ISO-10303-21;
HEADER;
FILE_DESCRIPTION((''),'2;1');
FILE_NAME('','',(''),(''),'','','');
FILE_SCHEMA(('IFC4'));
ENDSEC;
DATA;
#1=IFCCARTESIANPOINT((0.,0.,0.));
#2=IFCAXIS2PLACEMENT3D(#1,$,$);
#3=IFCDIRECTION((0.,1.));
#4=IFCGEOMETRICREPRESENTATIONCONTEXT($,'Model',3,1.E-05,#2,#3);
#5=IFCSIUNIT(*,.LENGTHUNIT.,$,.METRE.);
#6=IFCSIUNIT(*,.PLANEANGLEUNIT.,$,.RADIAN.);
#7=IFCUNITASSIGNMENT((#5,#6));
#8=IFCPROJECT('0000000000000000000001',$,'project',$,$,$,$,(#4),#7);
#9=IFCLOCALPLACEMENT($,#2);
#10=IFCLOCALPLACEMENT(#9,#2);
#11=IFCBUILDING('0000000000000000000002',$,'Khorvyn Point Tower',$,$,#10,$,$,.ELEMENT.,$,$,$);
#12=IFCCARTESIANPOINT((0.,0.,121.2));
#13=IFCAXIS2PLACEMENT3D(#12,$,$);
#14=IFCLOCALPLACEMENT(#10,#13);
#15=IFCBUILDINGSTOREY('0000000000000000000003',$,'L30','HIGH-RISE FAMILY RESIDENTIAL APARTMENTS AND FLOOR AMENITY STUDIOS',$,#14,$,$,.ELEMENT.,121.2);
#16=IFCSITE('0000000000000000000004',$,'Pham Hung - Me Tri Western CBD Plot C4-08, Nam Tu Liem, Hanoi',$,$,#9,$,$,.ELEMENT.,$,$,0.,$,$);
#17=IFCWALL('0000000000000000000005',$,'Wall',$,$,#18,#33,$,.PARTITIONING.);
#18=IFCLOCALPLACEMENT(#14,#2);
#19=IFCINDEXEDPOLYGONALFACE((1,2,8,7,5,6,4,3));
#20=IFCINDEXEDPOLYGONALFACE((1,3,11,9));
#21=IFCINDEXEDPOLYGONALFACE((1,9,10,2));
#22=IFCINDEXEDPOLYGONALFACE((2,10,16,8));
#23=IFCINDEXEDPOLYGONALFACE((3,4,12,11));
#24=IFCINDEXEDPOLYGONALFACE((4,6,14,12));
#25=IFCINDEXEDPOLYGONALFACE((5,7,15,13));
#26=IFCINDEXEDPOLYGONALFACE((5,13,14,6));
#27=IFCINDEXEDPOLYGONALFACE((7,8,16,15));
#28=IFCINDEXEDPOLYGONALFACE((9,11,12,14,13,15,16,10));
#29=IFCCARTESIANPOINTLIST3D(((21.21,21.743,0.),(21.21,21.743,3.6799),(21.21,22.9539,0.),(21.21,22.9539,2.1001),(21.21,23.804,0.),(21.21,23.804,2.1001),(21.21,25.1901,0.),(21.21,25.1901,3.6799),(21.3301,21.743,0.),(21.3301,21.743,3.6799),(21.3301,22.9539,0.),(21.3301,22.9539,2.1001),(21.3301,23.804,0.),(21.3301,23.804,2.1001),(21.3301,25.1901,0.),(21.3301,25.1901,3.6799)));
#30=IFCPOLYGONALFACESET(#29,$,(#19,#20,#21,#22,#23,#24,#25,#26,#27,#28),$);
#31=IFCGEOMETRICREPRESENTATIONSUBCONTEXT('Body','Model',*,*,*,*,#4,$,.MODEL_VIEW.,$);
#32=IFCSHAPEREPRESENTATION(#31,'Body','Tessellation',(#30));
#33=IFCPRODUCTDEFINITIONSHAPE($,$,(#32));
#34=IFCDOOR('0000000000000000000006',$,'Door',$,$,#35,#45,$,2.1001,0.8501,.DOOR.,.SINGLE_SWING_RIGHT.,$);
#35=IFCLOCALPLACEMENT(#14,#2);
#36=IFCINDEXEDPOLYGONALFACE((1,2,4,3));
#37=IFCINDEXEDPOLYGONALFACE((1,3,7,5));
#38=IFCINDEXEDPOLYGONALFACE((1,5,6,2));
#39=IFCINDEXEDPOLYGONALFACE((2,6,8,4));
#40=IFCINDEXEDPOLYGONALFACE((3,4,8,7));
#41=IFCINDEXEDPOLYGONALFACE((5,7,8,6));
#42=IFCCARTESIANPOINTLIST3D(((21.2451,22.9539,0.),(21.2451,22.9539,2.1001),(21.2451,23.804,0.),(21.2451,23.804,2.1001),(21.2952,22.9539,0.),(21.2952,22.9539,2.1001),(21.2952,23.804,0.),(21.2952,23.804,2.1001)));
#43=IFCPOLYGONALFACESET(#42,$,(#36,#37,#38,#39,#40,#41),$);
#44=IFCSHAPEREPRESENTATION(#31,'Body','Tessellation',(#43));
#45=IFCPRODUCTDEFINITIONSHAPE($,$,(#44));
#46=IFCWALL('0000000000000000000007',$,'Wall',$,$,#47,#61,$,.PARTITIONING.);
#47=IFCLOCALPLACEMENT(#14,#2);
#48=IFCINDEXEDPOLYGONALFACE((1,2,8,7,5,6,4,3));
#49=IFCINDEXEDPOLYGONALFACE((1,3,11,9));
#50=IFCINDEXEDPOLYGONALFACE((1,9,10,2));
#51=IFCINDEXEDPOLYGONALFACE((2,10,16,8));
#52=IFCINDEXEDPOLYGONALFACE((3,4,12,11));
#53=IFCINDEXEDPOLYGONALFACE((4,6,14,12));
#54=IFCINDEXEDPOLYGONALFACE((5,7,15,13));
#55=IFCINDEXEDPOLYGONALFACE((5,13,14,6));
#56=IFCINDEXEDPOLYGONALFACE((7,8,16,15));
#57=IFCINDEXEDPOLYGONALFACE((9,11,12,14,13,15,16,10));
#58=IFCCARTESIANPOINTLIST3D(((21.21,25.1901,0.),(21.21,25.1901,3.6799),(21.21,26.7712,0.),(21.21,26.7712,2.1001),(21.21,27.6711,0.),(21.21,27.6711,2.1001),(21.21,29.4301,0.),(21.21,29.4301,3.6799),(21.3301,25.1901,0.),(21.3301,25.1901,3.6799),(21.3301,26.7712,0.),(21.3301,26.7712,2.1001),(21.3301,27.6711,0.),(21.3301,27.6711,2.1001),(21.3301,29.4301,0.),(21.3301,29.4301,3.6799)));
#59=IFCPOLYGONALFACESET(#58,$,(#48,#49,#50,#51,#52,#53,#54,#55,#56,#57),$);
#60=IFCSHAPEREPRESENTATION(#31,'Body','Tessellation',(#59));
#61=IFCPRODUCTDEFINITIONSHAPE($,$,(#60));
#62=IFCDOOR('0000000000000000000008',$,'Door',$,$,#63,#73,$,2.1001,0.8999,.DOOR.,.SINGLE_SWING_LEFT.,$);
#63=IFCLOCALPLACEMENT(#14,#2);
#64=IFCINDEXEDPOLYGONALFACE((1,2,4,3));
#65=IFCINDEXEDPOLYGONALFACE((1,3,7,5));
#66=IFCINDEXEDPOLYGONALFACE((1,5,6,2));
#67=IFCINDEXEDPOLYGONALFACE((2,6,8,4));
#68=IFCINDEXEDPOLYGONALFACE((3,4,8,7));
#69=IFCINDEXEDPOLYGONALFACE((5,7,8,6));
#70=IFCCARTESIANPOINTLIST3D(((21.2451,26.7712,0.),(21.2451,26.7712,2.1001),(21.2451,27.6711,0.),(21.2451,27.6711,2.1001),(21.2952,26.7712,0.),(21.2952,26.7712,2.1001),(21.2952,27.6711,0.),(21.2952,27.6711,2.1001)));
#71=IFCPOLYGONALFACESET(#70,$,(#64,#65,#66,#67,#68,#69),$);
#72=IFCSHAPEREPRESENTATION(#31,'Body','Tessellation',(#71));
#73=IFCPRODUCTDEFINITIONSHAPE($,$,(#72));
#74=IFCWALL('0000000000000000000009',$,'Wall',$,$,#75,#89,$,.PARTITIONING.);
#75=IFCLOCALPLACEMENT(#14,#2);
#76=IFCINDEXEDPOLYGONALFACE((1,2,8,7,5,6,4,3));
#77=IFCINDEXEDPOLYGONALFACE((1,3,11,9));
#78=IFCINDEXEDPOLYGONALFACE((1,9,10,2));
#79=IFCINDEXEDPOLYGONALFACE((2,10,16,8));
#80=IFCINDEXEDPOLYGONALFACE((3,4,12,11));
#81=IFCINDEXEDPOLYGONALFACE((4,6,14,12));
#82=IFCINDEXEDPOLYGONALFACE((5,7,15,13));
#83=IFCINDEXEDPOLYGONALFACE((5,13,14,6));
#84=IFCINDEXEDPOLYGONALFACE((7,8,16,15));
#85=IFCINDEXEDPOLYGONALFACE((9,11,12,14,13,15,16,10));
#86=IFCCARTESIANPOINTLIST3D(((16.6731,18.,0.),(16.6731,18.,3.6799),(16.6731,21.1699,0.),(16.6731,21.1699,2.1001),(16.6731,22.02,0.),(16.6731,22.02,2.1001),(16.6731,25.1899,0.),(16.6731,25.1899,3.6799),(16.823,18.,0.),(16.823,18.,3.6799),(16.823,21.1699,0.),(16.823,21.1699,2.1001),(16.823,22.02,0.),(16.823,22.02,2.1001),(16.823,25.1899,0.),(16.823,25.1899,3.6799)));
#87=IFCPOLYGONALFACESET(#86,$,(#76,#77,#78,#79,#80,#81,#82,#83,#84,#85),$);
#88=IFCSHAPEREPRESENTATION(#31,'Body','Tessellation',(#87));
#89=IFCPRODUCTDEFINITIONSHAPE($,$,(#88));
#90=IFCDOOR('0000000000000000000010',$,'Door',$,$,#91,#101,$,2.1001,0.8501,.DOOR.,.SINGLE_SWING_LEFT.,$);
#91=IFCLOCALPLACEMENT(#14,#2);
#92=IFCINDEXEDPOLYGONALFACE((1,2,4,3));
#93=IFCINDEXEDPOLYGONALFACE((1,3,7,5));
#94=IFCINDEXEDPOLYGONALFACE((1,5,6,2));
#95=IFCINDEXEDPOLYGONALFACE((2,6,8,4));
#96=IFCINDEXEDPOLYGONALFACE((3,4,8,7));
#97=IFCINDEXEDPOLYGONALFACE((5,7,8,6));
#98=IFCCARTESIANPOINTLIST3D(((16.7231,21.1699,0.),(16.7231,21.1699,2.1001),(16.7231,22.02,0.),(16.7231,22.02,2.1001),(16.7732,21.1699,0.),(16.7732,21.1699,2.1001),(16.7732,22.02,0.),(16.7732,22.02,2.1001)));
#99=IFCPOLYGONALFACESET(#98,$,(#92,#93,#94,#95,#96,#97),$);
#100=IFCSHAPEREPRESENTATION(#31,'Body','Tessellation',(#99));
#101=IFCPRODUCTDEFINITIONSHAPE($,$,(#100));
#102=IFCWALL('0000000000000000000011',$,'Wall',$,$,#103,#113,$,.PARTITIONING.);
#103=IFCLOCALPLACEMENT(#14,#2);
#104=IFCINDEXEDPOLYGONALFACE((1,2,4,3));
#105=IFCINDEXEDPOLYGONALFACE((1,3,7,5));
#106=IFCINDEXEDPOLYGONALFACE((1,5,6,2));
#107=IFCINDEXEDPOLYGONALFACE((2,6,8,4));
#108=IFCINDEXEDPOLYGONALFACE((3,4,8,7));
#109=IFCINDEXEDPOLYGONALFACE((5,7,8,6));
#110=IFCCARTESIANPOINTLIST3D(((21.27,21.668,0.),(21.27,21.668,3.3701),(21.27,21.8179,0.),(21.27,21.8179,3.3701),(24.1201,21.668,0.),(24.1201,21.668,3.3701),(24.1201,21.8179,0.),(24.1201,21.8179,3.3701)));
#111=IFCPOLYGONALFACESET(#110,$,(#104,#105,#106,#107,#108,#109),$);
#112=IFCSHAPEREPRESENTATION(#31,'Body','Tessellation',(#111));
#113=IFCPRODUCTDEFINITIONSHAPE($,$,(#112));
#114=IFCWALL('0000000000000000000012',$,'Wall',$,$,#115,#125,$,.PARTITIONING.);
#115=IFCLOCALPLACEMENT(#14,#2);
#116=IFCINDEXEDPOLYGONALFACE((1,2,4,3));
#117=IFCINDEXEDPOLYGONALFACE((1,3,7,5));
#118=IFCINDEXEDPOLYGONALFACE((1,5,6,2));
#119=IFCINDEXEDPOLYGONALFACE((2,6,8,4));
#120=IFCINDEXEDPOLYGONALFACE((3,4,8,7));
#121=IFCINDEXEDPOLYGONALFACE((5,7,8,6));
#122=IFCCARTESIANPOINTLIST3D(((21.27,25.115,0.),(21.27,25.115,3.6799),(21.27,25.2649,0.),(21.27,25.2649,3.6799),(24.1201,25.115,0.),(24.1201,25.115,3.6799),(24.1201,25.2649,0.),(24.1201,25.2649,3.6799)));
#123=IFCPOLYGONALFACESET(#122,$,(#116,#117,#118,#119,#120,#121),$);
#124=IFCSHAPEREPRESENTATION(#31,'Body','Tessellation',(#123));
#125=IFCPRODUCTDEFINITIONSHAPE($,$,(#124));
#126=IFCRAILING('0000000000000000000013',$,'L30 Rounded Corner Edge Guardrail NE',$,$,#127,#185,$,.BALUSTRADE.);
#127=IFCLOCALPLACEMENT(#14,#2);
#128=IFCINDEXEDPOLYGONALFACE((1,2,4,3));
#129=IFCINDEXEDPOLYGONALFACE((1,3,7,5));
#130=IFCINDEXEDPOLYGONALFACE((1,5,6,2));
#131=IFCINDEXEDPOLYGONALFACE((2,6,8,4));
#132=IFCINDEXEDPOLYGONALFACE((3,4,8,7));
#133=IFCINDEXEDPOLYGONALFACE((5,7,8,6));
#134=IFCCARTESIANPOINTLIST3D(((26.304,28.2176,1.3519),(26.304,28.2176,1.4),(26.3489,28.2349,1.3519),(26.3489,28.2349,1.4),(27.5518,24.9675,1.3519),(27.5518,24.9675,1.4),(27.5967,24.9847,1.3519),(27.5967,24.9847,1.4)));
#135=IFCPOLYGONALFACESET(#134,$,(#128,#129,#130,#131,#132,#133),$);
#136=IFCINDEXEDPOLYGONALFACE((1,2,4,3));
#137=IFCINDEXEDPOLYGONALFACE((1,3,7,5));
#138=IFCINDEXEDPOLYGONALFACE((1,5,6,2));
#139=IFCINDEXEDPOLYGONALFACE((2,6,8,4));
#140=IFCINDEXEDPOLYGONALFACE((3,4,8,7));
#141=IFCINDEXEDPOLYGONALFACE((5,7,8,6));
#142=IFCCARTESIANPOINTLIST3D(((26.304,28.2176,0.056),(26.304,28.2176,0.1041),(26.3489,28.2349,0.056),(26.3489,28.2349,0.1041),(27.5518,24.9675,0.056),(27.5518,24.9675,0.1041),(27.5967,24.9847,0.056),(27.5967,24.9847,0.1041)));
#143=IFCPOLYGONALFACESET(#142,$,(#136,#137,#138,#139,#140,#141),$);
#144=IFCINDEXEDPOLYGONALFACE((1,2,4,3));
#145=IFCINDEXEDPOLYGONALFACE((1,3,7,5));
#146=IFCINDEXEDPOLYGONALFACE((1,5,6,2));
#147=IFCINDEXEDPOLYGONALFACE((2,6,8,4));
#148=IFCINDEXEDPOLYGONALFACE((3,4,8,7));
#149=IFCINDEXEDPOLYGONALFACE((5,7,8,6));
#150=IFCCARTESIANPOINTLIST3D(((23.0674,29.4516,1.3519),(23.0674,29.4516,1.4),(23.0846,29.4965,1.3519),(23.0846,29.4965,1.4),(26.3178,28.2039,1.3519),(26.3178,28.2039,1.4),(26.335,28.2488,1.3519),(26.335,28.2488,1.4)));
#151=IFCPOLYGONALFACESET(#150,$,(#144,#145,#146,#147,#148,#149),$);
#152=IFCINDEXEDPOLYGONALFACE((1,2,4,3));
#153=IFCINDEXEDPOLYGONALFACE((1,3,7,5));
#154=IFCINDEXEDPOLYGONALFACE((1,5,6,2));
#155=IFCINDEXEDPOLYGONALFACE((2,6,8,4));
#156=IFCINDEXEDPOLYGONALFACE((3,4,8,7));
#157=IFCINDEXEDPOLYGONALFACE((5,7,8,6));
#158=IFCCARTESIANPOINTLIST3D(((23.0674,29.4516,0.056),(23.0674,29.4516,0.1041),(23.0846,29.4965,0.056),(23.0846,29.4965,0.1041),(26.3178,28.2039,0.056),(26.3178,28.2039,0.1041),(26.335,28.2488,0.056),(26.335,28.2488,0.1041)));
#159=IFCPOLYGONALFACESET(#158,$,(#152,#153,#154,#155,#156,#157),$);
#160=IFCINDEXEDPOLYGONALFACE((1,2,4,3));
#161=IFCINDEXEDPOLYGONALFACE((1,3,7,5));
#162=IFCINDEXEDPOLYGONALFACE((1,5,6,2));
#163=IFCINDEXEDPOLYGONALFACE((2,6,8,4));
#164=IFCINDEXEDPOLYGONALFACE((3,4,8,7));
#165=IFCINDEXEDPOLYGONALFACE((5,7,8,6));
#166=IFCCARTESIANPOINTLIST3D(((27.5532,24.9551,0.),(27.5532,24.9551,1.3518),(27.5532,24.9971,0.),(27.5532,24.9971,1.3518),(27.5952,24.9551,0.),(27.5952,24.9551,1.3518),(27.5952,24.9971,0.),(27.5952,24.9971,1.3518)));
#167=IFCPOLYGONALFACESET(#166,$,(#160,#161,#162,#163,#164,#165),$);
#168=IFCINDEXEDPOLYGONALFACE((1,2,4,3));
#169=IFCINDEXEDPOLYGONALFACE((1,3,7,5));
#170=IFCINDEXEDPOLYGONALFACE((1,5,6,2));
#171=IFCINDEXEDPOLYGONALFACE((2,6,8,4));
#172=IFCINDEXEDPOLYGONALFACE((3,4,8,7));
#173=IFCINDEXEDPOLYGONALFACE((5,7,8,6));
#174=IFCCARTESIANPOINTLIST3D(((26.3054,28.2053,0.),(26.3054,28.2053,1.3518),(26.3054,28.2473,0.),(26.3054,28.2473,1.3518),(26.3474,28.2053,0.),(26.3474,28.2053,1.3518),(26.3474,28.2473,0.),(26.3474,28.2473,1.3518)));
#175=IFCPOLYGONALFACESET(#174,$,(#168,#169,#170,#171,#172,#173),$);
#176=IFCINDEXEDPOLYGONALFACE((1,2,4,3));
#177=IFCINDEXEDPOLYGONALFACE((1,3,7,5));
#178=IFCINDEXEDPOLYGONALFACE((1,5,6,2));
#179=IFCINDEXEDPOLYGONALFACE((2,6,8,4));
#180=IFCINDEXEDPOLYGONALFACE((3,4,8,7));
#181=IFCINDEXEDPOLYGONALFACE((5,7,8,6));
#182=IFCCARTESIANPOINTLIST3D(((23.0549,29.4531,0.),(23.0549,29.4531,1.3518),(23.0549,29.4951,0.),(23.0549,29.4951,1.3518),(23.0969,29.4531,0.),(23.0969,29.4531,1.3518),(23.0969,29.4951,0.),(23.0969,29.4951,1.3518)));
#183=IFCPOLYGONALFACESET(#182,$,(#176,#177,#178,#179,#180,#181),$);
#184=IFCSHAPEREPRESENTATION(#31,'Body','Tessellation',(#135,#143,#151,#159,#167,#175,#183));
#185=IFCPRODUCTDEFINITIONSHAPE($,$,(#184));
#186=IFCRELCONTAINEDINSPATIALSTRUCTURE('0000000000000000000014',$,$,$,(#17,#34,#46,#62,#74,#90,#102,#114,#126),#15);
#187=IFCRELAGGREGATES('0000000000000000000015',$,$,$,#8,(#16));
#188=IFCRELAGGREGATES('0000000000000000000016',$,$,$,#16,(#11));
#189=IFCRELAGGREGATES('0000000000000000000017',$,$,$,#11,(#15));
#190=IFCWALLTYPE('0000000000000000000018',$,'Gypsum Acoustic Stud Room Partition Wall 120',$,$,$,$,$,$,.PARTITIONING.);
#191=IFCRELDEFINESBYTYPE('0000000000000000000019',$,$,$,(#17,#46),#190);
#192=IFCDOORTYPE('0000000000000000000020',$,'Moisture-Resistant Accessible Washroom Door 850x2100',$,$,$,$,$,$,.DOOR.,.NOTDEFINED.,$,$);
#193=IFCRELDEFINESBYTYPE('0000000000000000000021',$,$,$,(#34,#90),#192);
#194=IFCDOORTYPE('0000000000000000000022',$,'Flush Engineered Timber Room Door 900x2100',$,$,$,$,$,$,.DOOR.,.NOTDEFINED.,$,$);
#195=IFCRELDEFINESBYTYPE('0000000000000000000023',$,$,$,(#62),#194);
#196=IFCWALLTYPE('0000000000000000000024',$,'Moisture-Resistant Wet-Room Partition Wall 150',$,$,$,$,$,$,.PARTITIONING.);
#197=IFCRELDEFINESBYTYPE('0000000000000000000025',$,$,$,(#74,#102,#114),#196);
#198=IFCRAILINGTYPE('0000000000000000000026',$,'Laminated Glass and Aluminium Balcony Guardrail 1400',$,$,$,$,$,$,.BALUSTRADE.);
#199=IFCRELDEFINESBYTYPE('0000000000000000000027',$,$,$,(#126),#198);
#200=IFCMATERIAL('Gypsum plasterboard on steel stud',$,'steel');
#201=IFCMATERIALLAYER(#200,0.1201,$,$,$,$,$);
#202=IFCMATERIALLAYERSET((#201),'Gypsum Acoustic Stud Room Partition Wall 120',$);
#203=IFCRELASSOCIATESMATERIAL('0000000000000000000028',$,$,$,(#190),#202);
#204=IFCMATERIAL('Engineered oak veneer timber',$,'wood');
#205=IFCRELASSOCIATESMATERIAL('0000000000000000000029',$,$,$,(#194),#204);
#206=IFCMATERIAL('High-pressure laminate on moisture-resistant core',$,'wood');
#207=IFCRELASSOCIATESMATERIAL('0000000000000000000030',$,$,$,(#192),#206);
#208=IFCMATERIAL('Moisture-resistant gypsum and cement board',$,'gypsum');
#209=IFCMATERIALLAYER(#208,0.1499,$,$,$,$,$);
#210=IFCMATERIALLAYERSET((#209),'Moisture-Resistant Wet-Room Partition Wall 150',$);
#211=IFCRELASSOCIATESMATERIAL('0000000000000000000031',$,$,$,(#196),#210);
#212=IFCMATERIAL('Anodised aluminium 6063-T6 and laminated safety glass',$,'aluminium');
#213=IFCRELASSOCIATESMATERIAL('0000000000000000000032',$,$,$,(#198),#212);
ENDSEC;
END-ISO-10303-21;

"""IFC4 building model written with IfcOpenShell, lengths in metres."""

from ifc_helpers import new_model, si_unit, direction, frame, frame_2d, origin, origin_2d, place, context, subcontext, project, spatial, rectangle, extrude, material, layer, layer_set, type_object, element, fill, save


model = new_model("IFC4")

# Units and contexts
model_context = context("Model", 3, precision=1e-05, world=origin(), true_north=direction((0.0, 1.0)))
body_context = subcontext(model_context, "Body", "Model", "MODEL_VIEW")
ifc_project = project(units=[si_unit("LENGTHUNIT", "METRE"), si_unit("PLANEANGLEUNIT", "RADIAN")], contexts=[model_context])

# Site, building, storey
site_placement = place(None, origin())
site = spatial("IfcSite", under=ifc_project, at=site_placement, Name="Pham Hung - Me Tri Western CBD Plot C4-08, Nam Tu Liem, Hanoi", CompositionType="ELEMENT", RefElevation=0.0)
building_placement = place(site_placement, origin())
building = spatial("IfcBuilding", under=site, at=building_placement, Name="Khorvyn Point Tower", CompositionType="ELEMENT")
storey_placement = place(building_placement, frame((0.0, 0.0, 121.2)))
storey = spatial("IfcBuildingStorey", under=building, at=storey_placement, Name="L30", Description="HIGH-RISE FAMILY RESIDENTIAL APARTMENTS AND FLOOR AMENITY STUDIOS", CompositionType="ELEMENT", Elevation=121.2)

# Walls, openings, doors
ifc_material_1 = material(Name="Gypsum plasterboard on steel stud", Category="steel")
ifc_layer_1 = layer(ifc_material_1, 0.1201)
ifc_layer_set_1 = layer_set([ifc_layer_1], Name="Gypsum Acoustic Stud Room Partition Wall 120")
wall_type_1 = type_object("IfcWallType", Name="Gypsum Acoustic Stud Room Partition Wall 120", PredefinedType="PARTITIONING", material=ifc_layer_set_1)
ifc_material_2 = material(Name="Engineered oak veneer timber", Category="wood")
door_type_1 = type_object("IfcDoorType", Name="Flush Engineered Timber Room Door 900x2100", OperationType="NOTDEFINED", PredefinedType="DOOR", material=ifc_material_2)
wall_1_placement = place(storey_placement, frame((21.27, 21.7429, 0.0), z_axis=(0.0, 0.0, 1.0), x_axis=(0.0, 1.0, 0.0)))
wall_1 = element("IfcWall", 1, at=wall_1_placement, inside=storey, type_object=wall_type_1, Name="Wall", PredefinedType="PARTITIONING", context=body_context, shape_type="SweptSolid", body=[
    extrude(rectangle(XDim=3.447, YDim=0.1201, at=frame_2d((1.7236, 0.0))), origin(), (0.0, 0.0, 1.0), 3.6799),
])
opening_1_placement = place(wall_1_placement, frame((1.2109, 0.0, 0.0)))
opening_1 = element("IfcOpeningElement", 2, at=opening_1_placement, cuts=wall_1, PredefinedType="OPENING", context=body_context, shape_type="SweptSolid", body=[
    extrude(rectangle(XDim=0.8501, YDim=2.1001, at=frame_2d((0.425, 1.05))), frame((0.0, 0.0701, 0.0), z_axis=(0.0, -1.0, 0.0), x_axis=(1.0, 0.0, 0.0)), (0.0, 0.0, 1.0), 0.1401),
])
ifc_material_3 = material(Name="High-pressure laminate on moisture-resistant core", Category="wood")
door_type_2 = type_object("IfcDoorType", Name="Moisture-Resistant Accessible Washroom Door 850x2100", OperationType="NOTDEFINED", PredefinedType="DOOR", material=ifc_material_3)
door_1_placement = place(opening_1_placement, origin())
door_1 = element("IfcDoor", 3, at=door_1_placement, inside=storey, type_object=door_type_2, Name="Door", OperationType="SINGLE_SWING_RIGHT", OverallHeight=2.1001, OverallWidth=0.8501, PredefinedType="DOOR", context=body_context, shape_type="SweptSolid", body=[
    extrude(rectangle(XDim=0.8501, YDim=2.1001, at=frame_2d((0.425, 1.05))), frame((0.0, 0.0249, 0.0), z_axis=(0.0, -1.0, 0.0), x_axis=(1.0, 0.0, 0.0)), (0.0, 0.0, 1.0), 0.05),
])
fill(opening_1, door_1)
wall_2_placement = place(storey_placement, frame((21.27, 25.1899, 0.0), z_axis=(0.0, 0.0, 1.0), x_axis=(0.0, 1.0, 0.0)))
wall_2 = element("IfcWall", 4, at=wall_2_placement, inside=storey, type_object=wall_type_1, Name="Wall", PredefinedType="PARTITIONING", context=body_context, shape_type="SweptSolid", body=[
    extrude(rectangle(XDim=4.24, YDim=0.1201, at=frame_2d((2.1201, 0.0))), origin(), (0.0, 0.0, 1.0), 3.6799),
])
opening_2_placement = place(wall_2_placement, frame((1.5813, 0.0, 0.0)))
opening_2 = element("IfcOpeningElement", 5, at=opening_2_placement, cuts=wall_2, PredefinedType="OPENING", context=body_context, shape_type="SweptSolid", body=[
    extrude(rectangle(XDim=0.8999, YDim=2.1001, at=frame_2d((0.45, 1.05))), frame((0.0, 0.0701, 0.0), z_axis=(0.0, -1.0, 0.0), x_axis=(1.0, 0.0, 0.0)), (0.0, 0.0, 1.0), 0.1401),
])
door_2_placement = place(opening_2_placement, origin())
door_2 = element("IfcDoor", 6, at=door_2_placement, inside=storey, type_object=door_type_1, Name="Door", OperationType="SINGLE_SWING_LEFT", OverallHeight=2.1001, OverallWidth=0.8999, PredefinedType="DOOR", context=body_context, shape_type="SweptSolid", body=[
    extrude(rectangle(XDim=0.8999, YDim=2.1001, at=frame_2d((0.45, 1.05))), frame((0.0, 0.0249, 0.0), z_axis=(0.0, -1.0, 0.0), x_axis=(1.0, 0.0, 0.0)), (0.0, 0.0, 1.0), 0.05),
])
fill(opening_2, door_2)
ifc_material_4 = material(Name="Moisture-resistant gypsum and cement board", Category="gypsum")
ifc_layer_2 = layer(ifc_material_4, 0.1499)
ifc_layer_set_2 = layer_set([ifc_layer_2], Name="Moisture-Resistant Wet-Room Partition Wall 150")
wall_type_2 = type_object("IfcWallType", Name="Moisture-Resistant Wet-Room Partition Wall 150", PredefinedType="PARTITIONING", material=ifc_layer_set_2)
wall_3_placement = place(storey_placement, frame((16.748, 18.0, 0.0), z_axis=(0.0, 0.0, 1.0), x_axis=(0.0, 1.0, 0.0)))
wall_3 = element("IfcWall", 7, at=wall_3_placement, inside=storey, type_object=wall_type_2, Name="Wall", PredefinedType="PARTITIONING", context=body_context, shape_type="SweptSolid", body=[
    extrude(rectangle(XDim=7.1899, YDim=0.1499, at=frame_2d((3.595, 0.0))), origin(), (0.0, 0.0, 1.0), 3.6799),
])
opening_3_placement = place(wall_3_placement, frame((3.1699, 0.0, 0.0)))
opening_3 = element("IfcOpeningElement", 8, at=opening_3_placement, cuts=wall_3, PredefinedType="OPENING", context=body_context, shape_type="SweptSolid", body=[
    extrude(rectangle(XDim=0.8501, YDim=2.1001, at=frame_2d((0.425, 1.05))), frame((0.0, 0.085, 0.0), z_axis=(0.0, -1.0, 0.0), x_axis=(1.0, 0.0, 0.0)), (0.0, 0.0, 1.0), 0.1699),
])
door_3_placement = place(opening_3_placement, origin())
door_3 = element("IfcDoor", 9, at=door_3_placement, inside=storey, type_object=door_type_2, Name="Door", OperationType="SINGLE_SWING_LEFT", OverallHeight=2.1001, OverallWidth=0.8501, PredefinedType="DOOR", context=body_context, shape_type="SweptSolid", body=[
    extrude(rectangle(XDim=0.8501, YDim=2.1001, at=frame_2d((0.425, 1.05))), frame((0.0, 0.0249, 0.0), z_axis=(0.0, -1.0, 0.0), x_axis=(1.0, 0.0, 0.0)), (0.0, 0.0, 1.0), 0.05),
])
fill(opening_3, door_3)

# Walls
wall_4_placement = place(storey_placement, frame((21.27, 21.7429, 0.0), z_axis=(0.0, 0.0, 1.0), x_axis=(1.0, 0.0, 0.0)))
element("IfcWall", 10, at=wall_4_placement, inside=storey, type_object=wall_type_2, Name="Wall", PredefinedType="PARTITIONING", context=body_context, shape_type="SweptSolid", body=[
    extrude(rectangle(XDim=2.8501, YDim=0.1499, at=frame_2d((1.425, 0.0))), origin(), (0.0, 0.0, 1.0), 3.3701),
])
wall_5_placement = place(storey_placement, frame((21.27, 25.1899, 0.0), z_axis=(0.0, 0.0, 1.0), x_axis=(1.0, 0.0, 0.0)))
element("IfcWall", 11, at=wall_5_placement, inside=storey, type_object=wall_type_2, Name="Wall", PredefinedType="PARTITIONING", context=body_context, shape_type="SweptSolid", body=[
    extrude(rectangle(XDim=2.8501, YDim=0.1499, at=frame_2d((1.425, 0.0))), origin(), (0.0, 0.0, 1.0), 3.6799),
])

# Railing
ifc_material_5 = material(Name="Anodised aluminium 6063-T6 and laminated safety glass", Category="aluminium")
railing_type = type_object("IfcRailingType", Name="Laminated Glass and Aluminium Balcony Guardrail 1400", PredefinedType="BALUSTRADE", material=ifc_material_5)
railing_1_placement = place(storey_placement, frame((27.5742, 24.9761, 0.0)))
element("IfcRailing", 12, at=railing_1_placement, inside=storey, type_object=railing_type, Name="L30 Rounded Corner Edge Guardrail NE", PredefinedType="BALUSTRADE", context=body_context, shape_type="SweptSolid", body=[
    extrude(rectangle(XDim=0.0481, YDim=0.0481, at=origin_2d()), frame((0.0, 0.0, 1.376), z_axis=(-0.358406, 0.933566, 0.0), x_axis=(-0.933566, -0.358406, 0.0)), (0.0, 0.0, 1.0), 3.4814),
    extrude(rectangle(XDim=0.0481, YDim=0.0481, at=origin_2d()), frame((0.0, 0.0, 0.0801), z_axis=(-0.358406, 0.933566, 0.0), x_axis=(-0.933566, -0.358406, 0.0)), (0.0, 0.0, 1.0), 3.4814),
    extrude(rectangle(XDim=0.0481, YDim=0.0481, at=origin_2d()), frame((-1.2478, 3.2502, 1.376), z_axis=(-0.933575, 0.358382, 0.0), x_axis=(-0.358382, -0.933575, 0.0)), (0.0, 0.0, 1.0), 3.4817),
    extrude(rectangle(XDim=0.0481, YDim=0.0481, at=origin_2d()), frame((-1.2478, 3.2502, 0.0801), z_axis=(-0.933575, 0.358382, 0.0), x_axis=(-0.358382, -0.933575, 0.0)), (0.0, 0.0, 1.0), 3.4817),
    extrude(rectangle(XDim=0.042, YDim=0.042, at=origin_2d()), origin(), (0.0, 0.0, 1.0), 1.3518),
    extrude(rectangle(XDim=0.042, YDim=0.042, at=origin_2d()), frame((-1.2478, 3.2502, 0.0)), (0.0, 0.0, 1.0), 1.3518),
    extrude(rectangle(XDim=0.042, YDim=0.042, at=origin_2d()), frame((-4.4983, 4.498, 0.0)), (0.0, 0.0, 1.0), 1.3518),
])

save(model, "model.ifc")
